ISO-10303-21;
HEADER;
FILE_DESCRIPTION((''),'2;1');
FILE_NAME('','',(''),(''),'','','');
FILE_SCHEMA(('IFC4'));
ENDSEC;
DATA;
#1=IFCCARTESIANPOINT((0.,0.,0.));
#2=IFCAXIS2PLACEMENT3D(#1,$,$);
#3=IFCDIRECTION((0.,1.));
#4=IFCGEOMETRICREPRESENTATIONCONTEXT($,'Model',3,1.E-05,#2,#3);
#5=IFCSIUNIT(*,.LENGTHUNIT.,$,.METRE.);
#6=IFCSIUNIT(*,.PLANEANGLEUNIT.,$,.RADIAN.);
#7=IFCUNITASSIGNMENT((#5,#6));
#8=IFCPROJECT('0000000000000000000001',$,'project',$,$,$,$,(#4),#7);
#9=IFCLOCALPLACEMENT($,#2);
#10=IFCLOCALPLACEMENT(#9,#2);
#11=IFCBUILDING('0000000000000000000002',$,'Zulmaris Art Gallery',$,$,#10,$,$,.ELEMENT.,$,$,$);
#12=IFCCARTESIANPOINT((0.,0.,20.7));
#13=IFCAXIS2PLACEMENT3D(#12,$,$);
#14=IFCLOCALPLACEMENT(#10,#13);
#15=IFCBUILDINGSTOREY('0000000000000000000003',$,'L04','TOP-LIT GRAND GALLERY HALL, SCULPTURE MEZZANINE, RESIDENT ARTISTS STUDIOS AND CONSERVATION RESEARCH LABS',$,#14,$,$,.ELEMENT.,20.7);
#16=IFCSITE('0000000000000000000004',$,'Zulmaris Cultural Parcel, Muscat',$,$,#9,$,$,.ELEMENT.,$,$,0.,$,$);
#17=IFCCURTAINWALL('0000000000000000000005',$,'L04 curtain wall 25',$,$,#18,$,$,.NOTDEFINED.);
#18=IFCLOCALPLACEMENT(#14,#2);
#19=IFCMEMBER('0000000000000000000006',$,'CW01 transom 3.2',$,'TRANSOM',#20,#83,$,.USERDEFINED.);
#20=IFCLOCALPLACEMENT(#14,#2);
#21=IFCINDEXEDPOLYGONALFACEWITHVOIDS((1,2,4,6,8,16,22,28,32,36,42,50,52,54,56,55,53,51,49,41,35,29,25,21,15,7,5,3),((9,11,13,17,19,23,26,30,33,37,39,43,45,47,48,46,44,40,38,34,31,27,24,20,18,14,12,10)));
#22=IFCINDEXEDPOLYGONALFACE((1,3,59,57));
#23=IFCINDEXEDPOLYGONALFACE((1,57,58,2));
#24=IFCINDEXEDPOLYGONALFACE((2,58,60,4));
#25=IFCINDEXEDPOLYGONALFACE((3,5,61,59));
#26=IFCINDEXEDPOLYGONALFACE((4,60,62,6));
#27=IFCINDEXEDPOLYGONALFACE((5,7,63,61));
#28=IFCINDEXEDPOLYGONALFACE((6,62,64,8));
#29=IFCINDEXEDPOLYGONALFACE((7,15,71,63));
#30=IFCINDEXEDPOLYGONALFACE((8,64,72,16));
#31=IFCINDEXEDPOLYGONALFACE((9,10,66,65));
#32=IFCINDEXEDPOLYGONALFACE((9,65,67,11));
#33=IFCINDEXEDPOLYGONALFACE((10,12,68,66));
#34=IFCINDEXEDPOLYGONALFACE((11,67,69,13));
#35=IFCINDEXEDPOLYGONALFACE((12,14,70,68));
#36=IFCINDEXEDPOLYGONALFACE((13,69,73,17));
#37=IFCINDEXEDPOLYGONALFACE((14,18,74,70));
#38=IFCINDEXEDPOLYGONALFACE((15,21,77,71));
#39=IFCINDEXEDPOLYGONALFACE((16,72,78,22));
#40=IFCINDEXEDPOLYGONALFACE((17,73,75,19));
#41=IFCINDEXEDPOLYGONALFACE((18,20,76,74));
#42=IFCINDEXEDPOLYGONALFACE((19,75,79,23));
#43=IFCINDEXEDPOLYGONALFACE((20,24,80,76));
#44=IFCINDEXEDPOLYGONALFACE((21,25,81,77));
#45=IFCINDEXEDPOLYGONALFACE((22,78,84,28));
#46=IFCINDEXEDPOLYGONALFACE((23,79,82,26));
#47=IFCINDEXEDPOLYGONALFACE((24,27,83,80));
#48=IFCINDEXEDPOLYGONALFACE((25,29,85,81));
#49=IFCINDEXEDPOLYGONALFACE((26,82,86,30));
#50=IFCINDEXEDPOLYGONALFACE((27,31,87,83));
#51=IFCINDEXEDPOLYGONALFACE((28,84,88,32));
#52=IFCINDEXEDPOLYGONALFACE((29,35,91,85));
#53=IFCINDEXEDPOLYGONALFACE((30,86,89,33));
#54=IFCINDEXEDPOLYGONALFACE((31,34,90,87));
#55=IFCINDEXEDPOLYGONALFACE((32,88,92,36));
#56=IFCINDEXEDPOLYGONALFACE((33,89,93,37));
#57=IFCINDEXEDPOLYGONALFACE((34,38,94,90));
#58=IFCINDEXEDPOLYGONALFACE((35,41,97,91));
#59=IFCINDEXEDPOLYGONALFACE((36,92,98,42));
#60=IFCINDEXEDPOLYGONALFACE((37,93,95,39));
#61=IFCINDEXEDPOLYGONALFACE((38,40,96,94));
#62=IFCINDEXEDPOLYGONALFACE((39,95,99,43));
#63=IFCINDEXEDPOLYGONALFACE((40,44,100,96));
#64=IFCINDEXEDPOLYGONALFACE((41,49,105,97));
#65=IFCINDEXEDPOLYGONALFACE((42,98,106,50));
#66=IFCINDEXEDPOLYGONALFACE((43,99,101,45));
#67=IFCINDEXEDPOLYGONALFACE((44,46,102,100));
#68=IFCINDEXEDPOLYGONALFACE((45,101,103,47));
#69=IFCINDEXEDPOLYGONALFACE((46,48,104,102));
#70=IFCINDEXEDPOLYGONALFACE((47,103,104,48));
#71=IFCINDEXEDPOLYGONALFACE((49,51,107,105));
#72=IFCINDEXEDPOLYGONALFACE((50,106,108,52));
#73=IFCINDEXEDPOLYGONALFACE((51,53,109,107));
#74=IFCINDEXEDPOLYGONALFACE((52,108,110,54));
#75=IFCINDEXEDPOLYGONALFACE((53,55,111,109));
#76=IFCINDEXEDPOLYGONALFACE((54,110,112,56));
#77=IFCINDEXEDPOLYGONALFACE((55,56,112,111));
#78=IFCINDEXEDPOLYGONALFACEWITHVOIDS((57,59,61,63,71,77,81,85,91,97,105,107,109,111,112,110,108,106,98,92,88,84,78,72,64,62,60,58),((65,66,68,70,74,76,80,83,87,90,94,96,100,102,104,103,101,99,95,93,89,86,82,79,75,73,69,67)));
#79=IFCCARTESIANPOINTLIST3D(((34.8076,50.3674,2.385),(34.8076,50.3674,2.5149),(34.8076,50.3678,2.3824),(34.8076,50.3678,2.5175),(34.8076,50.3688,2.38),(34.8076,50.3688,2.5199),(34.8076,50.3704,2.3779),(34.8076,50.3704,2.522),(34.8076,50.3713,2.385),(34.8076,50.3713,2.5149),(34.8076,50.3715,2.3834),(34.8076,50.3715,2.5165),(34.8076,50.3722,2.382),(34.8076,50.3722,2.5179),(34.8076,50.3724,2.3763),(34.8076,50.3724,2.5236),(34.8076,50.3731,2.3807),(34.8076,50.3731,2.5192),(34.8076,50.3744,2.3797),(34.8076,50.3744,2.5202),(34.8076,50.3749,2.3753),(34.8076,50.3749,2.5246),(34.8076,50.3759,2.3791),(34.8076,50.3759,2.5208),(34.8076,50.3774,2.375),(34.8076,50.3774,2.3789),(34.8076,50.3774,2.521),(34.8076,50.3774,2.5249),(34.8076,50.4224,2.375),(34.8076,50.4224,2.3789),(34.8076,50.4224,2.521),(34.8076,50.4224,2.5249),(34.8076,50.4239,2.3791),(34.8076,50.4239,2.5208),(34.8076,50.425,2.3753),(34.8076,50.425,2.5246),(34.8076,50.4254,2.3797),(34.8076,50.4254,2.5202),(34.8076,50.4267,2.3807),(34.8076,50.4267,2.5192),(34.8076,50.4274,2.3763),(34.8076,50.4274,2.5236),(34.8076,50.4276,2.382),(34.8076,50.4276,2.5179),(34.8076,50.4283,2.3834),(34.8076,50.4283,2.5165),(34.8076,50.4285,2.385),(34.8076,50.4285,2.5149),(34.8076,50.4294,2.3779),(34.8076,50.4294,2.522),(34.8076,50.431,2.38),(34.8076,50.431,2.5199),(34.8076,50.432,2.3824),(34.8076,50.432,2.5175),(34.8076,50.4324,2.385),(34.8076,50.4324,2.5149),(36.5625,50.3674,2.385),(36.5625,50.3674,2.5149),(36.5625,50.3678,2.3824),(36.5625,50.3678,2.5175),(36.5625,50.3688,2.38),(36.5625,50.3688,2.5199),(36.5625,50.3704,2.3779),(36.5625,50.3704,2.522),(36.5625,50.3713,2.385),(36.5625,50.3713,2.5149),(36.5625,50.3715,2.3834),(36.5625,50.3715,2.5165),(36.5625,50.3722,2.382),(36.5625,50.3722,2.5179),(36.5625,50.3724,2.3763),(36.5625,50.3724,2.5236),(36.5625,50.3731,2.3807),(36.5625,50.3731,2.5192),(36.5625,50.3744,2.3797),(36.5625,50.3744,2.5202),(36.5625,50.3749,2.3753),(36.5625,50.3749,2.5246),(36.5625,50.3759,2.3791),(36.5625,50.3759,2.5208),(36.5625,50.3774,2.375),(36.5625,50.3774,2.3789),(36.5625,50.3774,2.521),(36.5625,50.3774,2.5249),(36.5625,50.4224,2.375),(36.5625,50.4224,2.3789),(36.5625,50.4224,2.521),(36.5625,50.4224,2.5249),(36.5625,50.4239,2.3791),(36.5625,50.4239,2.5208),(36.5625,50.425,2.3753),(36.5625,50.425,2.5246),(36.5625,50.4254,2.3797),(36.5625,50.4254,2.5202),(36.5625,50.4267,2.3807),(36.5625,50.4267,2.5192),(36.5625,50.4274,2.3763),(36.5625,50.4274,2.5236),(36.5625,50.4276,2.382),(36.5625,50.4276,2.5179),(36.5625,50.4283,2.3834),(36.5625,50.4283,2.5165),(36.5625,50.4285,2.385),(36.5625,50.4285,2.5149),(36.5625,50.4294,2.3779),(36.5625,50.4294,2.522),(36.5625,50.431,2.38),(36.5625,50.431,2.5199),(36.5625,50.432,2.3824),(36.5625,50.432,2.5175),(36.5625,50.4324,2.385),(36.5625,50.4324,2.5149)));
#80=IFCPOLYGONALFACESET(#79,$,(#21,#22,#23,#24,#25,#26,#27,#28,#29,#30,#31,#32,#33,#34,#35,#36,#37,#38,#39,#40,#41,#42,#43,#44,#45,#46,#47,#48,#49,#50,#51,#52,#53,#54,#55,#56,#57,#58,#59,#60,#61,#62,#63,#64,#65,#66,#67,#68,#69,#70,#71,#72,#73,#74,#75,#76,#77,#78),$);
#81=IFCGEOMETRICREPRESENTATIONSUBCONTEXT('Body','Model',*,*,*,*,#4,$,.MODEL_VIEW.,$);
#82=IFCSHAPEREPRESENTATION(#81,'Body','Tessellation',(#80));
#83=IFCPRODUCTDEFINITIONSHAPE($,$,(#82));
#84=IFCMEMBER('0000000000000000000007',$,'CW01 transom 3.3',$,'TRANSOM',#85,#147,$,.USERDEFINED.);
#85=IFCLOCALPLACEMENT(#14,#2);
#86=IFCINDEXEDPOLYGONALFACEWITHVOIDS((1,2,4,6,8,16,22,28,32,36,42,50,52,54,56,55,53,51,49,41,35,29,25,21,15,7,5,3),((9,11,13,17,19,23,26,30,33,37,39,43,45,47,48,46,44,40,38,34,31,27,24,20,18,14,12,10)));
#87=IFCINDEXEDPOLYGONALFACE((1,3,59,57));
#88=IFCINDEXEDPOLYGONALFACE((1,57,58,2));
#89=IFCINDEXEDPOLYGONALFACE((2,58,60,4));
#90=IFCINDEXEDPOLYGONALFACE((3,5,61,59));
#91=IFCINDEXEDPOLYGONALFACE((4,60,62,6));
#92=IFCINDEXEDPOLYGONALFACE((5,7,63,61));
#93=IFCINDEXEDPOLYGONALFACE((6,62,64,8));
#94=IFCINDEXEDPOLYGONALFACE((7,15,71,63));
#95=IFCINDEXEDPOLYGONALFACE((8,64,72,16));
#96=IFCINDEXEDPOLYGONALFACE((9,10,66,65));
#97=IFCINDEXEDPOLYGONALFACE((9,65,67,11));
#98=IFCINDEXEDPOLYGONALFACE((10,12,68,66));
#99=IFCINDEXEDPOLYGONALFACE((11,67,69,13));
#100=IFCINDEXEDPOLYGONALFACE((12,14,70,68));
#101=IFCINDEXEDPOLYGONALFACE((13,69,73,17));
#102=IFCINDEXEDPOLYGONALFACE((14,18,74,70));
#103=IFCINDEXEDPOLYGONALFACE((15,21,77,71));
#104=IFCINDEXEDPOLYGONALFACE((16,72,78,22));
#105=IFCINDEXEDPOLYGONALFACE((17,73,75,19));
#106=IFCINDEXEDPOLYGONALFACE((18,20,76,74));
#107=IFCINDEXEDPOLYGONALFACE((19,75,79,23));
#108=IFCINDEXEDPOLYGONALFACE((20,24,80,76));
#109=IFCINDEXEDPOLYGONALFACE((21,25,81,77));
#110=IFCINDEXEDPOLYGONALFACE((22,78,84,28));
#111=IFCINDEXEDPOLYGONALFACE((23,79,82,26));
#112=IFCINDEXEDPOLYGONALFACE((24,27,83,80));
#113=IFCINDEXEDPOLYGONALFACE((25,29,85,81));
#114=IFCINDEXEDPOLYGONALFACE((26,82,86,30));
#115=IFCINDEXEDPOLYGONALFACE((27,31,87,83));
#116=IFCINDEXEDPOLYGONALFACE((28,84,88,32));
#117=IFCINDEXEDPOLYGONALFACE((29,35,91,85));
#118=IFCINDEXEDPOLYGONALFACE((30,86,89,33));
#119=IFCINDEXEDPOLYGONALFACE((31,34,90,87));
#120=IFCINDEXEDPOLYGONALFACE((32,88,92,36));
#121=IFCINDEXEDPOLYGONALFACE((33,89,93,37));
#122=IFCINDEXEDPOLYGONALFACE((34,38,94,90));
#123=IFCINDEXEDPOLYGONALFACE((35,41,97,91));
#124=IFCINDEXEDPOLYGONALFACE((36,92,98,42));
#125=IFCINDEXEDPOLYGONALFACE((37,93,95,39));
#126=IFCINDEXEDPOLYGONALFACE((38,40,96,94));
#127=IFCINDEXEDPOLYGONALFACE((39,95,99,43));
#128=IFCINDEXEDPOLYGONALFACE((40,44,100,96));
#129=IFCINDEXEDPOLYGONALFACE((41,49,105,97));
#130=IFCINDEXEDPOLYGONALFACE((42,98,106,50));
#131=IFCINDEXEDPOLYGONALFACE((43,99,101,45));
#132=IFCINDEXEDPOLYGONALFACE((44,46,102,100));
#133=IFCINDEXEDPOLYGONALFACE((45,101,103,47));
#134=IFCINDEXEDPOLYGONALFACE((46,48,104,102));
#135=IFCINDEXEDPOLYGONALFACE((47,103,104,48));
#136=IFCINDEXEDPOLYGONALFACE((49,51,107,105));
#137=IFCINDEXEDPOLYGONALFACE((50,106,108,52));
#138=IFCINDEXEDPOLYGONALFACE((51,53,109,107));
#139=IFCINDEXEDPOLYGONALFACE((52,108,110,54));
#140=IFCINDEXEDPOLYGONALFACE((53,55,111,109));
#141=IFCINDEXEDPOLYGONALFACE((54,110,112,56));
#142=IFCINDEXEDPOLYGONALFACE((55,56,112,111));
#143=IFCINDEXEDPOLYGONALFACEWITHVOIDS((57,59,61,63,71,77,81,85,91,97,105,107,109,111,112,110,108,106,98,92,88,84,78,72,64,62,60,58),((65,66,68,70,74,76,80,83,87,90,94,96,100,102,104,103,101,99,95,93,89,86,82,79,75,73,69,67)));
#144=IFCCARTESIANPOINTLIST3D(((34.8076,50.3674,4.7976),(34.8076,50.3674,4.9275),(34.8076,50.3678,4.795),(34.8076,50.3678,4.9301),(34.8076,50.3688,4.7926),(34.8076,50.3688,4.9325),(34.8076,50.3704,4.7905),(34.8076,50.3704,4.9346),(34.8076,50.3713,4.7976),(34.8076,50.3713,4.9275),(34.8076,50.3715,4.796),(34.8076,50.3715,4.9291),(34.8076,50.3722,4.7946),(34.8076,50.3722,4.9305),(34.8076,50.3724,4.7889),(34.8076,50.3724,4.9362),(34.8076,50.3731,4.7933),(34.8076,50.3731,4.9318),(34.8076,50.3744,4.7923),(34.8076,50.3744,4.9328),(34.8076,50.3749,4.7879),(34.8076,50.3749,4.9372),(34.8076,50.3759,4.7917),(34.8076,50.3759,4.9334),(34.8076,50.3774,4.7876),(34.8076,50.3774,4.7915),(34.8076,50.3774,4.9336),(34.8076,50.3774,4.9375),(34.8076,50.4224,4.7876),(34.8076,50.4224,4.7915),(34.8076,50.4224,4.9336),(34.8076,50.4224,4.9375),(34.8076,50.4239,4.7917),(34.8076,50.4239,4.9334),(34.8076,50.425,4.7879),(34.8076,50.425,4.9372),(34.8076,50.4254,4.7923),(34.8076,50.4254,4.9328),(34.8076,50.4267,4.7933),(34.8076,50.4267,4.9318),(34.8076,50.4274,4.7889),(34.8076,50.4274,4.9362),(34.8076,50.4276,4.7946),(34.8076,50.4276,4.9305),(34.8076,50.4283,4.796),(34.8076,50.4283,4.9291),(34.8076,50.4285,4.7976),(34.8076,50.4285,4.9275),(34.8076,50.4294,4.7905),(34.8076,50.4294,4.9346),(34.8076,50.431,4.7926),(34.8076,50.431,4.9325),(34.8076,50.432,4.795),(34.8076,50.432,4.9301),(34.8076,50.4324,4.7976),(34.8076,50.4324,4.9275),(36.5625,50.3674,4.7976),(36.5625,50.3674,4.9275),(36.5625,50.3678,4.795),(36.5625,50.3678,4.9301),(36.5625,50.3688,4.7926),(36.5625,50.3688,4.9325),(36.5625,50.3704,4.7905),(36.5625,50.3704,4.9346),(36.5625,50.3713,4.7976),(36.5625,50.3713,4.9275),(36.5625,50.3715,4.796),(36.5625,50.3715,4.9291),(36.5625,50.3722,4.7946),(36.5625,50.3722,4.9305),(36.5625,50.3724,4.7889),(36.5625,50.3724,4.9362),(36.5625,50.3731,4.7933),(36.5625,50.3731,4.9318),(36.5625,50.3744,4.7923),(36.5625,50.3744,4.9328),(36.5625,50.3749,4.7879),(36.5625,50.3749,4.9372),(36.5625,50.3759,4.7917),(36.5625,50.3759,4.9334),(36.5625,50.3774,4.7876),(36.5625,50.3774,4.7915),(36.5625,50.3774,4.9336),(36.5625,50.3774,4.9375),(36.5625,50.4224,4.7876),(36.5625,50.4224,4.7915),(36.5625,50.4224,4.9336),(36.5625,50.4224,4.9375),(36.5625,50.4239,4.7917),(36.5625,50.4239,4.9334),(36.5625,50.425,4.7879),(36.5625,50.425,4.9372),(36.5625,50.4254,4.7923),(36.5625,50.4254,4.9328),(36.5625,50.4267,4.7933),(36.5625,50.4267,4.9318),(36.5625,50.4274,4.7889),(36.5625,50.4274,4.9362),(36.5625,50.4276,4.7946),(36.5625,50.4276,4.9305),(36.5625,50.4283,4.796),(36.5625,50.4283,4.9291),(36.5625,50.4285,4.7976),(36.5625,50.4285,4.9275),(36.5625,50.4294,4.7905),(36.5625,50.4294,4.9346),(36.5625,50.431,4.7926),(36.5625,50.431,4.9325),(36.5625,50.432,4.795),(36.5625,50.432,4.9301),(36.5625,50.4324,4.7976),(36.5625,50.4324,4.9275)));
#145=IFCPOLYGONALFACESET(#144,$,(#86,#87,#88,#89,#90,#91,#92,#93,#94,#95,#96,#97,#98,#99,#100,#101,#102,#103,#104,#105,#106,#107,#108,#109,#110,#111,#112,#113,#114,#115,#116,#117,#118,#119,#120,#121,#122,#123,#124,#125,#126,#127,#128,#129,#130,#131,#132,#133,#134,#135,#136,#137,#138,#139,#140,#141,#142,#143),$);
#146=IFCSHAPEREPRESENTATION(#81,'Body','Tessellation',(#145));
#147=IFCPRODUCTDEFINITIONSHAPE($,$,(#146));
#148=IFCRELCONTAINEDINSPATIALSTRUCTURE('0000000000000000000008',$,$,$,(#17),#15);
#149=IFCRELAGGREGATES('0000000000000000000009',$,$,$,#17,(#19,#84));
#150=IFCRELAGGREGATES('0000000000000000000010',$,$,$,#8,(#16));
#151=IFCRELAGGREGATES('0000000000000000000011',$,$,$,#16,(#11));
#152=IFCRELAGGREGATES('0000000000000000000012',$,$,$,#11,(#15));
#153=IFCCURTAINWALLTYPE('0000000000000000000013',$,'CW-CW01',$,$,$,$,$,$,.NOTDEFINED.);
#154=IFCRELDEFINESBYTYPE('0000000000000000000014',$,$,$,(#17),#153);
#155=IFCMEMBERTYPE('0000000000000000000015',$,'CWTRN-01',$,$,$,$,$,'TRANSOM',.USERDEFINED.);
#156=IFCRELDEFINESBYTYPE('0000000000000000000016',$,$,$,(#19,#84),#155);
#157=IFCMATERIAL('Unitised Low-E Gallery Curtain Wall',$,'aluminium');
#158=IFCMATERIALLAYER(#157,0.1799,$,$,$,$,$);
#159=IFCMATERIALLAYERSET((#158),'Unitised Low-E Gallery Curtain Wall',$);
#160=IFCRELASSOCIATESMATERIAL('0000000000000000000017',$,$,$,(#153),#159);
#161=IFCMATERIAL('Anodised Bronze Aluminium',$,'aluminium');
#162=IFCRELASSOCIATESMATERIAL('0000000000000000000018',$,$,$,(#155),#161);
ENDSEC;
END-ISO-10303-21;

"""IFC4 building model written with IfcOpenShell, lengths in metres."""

from ifc_helpers import new_model, si_unit, direction, frame, origin, origin_2d, place, context, subcontext, project, spatial, hollow_rectangle, extrude, material, layer, layer_set, material_profile, profile_set, type_object, element, aggregate, save


model = new_model("IFC4")

# Units and contexts
model_context = context("Model", 3, precision=1e-05, world=origin(), true_north=direction((0.0, 1.0)))
body_context = subcontext(model_context, "Body", "Model", "MODEL_VIEW")
ifc_project = project(units=[si_unit("LENGTHUNIT", "METRE"), si_unit("PLANEANGLEUNIT", "RADIAN")], contexts=[model_context])

# Site, building, storey
site_placement = place(None, origin())
site = spatial("IfcSite", under=ifc_project, at=site_placement, Name="Zulmaris Cultural Parcel, Muscat", CompositionType="ELEMENT", RefElevation=0.0)
building_placement = place(site_placement, origin())
building = spatial("IfcBuilding", under=site, at=building_placement, Name="Zulmaris Art Gallery", CompositionType="ELEMENT")
storey_placement = place(building_placement, frame((0.0, 0.0, 20.7)))
storey = spatial("IfcBuildingStorey", under=building, at=storey_placement, Name="L04", Description="TOP-LIT GRAND GALLERY HALL, SCULPTURE MEZZANINE, RESIDENT ARTISTS STUDIOS AND CONSERVATION RESEARCH LABS", CompositionType="ELEMENT", Elevation=20.7)

# Curtain wall, members
ifc_material_1 = material(Name="Unitised Low-E Gallery Curtain Wall", Category="aluminium")
ifc_layer_1 = layer(ifc_material_1, 0.1799)
ifc_layer_set_1 = layer_set([ifc_layer_1], Name="Unitised Low-E Gallery Curtain Wall")
curtain_wall_type = type_object("IfcCurtainWallType", Name="CW-CW01", PredefinedType="NOTDEFINED", material=ifc_layer_set_1)
curtain_wall_placement = place(storey_placement, origin())
curtain_wall = element("IfcCurtainWall", 1, at=curtain_wall_placement, inside=storey, type_object=curtain_wall_type, Name="L04 curtain wall 25", PredefinedType="NOTDEFINED")
ifc_material_2 = material(Name="Anodised Bronze Aluminium", Category="aluminium")
ifc_material_profile_1 = material_profile(ifc_material_2, hollow_rectangle(XDim=0.0649, YDim=0.1499, WallThickness=0.0039, InnerFilletRadius=0.0061, OuterFilletRadius=0.01, at=origin_2d()), Name="ALU 65x150x4")
ifc_profile_set_1 = profile_set([ifc_material_profile_1], Name="Anodised Bronze Aluminium")
member_type_1 = type_object("IfcMemberType", Name="CWTRN-01", ElementType="TRANSOM", PredefinedType="USERDEFINED", material=ifc_profile_set_1)
member_1_placement = place(storey_placement, frame((36.5625, 50.3999, 2.45), z_axis=(-1.0, 0.0, 0.0), x_axis=(0.0, -1.0, 0.0)))
member_1 = element("IfcMember", 2, at=member_1_placement, type_object=member_type_1, Name="CW01 transom 3.2", ObjectType="TRANSOM", PredefinedType="USERDEFINED", context=body_context, shape_type="SweptSolid", body=[
    extrude(hollow_rectangle(XDim=0.0649, YDim=0.1499, WallThickness=0.0039, InnerFilletRadius=0.0061, OuterFilletRadius=0.01, at=origin_2d()), origin(), (0.0, 0.0, 1.0), 1.7549),
])
member_2_placement = place(storey_placement, frame((36.5625, 50.3999, 4.8625), z_axis=(-1.0, 0.0, 0.0), x_axis=(0.0, -1.0, 0.0)))
member_2 = element("IfcMember", 3, at=member_2_placement, type_object=member_type_1, Name="CW01 transom 3.3", ObjectType="TRANSOM", PredefinedType="USERDEFINED", context=body_context, shape_type="SweptSolid", body=[
    extrude(hollow_rectangle(XDim=0.0649, YDim=0.1499, WallThickness=0.0039, InnerFilletRadius=0.0061, OuterFilletRadius=0.01, at=origin_2d()), origin(), (0.0, 0.0, 1.0), 1.7549),
])
aggregate(curtain_wall, [member_1, member_2])

save(model, "model.ifc")
